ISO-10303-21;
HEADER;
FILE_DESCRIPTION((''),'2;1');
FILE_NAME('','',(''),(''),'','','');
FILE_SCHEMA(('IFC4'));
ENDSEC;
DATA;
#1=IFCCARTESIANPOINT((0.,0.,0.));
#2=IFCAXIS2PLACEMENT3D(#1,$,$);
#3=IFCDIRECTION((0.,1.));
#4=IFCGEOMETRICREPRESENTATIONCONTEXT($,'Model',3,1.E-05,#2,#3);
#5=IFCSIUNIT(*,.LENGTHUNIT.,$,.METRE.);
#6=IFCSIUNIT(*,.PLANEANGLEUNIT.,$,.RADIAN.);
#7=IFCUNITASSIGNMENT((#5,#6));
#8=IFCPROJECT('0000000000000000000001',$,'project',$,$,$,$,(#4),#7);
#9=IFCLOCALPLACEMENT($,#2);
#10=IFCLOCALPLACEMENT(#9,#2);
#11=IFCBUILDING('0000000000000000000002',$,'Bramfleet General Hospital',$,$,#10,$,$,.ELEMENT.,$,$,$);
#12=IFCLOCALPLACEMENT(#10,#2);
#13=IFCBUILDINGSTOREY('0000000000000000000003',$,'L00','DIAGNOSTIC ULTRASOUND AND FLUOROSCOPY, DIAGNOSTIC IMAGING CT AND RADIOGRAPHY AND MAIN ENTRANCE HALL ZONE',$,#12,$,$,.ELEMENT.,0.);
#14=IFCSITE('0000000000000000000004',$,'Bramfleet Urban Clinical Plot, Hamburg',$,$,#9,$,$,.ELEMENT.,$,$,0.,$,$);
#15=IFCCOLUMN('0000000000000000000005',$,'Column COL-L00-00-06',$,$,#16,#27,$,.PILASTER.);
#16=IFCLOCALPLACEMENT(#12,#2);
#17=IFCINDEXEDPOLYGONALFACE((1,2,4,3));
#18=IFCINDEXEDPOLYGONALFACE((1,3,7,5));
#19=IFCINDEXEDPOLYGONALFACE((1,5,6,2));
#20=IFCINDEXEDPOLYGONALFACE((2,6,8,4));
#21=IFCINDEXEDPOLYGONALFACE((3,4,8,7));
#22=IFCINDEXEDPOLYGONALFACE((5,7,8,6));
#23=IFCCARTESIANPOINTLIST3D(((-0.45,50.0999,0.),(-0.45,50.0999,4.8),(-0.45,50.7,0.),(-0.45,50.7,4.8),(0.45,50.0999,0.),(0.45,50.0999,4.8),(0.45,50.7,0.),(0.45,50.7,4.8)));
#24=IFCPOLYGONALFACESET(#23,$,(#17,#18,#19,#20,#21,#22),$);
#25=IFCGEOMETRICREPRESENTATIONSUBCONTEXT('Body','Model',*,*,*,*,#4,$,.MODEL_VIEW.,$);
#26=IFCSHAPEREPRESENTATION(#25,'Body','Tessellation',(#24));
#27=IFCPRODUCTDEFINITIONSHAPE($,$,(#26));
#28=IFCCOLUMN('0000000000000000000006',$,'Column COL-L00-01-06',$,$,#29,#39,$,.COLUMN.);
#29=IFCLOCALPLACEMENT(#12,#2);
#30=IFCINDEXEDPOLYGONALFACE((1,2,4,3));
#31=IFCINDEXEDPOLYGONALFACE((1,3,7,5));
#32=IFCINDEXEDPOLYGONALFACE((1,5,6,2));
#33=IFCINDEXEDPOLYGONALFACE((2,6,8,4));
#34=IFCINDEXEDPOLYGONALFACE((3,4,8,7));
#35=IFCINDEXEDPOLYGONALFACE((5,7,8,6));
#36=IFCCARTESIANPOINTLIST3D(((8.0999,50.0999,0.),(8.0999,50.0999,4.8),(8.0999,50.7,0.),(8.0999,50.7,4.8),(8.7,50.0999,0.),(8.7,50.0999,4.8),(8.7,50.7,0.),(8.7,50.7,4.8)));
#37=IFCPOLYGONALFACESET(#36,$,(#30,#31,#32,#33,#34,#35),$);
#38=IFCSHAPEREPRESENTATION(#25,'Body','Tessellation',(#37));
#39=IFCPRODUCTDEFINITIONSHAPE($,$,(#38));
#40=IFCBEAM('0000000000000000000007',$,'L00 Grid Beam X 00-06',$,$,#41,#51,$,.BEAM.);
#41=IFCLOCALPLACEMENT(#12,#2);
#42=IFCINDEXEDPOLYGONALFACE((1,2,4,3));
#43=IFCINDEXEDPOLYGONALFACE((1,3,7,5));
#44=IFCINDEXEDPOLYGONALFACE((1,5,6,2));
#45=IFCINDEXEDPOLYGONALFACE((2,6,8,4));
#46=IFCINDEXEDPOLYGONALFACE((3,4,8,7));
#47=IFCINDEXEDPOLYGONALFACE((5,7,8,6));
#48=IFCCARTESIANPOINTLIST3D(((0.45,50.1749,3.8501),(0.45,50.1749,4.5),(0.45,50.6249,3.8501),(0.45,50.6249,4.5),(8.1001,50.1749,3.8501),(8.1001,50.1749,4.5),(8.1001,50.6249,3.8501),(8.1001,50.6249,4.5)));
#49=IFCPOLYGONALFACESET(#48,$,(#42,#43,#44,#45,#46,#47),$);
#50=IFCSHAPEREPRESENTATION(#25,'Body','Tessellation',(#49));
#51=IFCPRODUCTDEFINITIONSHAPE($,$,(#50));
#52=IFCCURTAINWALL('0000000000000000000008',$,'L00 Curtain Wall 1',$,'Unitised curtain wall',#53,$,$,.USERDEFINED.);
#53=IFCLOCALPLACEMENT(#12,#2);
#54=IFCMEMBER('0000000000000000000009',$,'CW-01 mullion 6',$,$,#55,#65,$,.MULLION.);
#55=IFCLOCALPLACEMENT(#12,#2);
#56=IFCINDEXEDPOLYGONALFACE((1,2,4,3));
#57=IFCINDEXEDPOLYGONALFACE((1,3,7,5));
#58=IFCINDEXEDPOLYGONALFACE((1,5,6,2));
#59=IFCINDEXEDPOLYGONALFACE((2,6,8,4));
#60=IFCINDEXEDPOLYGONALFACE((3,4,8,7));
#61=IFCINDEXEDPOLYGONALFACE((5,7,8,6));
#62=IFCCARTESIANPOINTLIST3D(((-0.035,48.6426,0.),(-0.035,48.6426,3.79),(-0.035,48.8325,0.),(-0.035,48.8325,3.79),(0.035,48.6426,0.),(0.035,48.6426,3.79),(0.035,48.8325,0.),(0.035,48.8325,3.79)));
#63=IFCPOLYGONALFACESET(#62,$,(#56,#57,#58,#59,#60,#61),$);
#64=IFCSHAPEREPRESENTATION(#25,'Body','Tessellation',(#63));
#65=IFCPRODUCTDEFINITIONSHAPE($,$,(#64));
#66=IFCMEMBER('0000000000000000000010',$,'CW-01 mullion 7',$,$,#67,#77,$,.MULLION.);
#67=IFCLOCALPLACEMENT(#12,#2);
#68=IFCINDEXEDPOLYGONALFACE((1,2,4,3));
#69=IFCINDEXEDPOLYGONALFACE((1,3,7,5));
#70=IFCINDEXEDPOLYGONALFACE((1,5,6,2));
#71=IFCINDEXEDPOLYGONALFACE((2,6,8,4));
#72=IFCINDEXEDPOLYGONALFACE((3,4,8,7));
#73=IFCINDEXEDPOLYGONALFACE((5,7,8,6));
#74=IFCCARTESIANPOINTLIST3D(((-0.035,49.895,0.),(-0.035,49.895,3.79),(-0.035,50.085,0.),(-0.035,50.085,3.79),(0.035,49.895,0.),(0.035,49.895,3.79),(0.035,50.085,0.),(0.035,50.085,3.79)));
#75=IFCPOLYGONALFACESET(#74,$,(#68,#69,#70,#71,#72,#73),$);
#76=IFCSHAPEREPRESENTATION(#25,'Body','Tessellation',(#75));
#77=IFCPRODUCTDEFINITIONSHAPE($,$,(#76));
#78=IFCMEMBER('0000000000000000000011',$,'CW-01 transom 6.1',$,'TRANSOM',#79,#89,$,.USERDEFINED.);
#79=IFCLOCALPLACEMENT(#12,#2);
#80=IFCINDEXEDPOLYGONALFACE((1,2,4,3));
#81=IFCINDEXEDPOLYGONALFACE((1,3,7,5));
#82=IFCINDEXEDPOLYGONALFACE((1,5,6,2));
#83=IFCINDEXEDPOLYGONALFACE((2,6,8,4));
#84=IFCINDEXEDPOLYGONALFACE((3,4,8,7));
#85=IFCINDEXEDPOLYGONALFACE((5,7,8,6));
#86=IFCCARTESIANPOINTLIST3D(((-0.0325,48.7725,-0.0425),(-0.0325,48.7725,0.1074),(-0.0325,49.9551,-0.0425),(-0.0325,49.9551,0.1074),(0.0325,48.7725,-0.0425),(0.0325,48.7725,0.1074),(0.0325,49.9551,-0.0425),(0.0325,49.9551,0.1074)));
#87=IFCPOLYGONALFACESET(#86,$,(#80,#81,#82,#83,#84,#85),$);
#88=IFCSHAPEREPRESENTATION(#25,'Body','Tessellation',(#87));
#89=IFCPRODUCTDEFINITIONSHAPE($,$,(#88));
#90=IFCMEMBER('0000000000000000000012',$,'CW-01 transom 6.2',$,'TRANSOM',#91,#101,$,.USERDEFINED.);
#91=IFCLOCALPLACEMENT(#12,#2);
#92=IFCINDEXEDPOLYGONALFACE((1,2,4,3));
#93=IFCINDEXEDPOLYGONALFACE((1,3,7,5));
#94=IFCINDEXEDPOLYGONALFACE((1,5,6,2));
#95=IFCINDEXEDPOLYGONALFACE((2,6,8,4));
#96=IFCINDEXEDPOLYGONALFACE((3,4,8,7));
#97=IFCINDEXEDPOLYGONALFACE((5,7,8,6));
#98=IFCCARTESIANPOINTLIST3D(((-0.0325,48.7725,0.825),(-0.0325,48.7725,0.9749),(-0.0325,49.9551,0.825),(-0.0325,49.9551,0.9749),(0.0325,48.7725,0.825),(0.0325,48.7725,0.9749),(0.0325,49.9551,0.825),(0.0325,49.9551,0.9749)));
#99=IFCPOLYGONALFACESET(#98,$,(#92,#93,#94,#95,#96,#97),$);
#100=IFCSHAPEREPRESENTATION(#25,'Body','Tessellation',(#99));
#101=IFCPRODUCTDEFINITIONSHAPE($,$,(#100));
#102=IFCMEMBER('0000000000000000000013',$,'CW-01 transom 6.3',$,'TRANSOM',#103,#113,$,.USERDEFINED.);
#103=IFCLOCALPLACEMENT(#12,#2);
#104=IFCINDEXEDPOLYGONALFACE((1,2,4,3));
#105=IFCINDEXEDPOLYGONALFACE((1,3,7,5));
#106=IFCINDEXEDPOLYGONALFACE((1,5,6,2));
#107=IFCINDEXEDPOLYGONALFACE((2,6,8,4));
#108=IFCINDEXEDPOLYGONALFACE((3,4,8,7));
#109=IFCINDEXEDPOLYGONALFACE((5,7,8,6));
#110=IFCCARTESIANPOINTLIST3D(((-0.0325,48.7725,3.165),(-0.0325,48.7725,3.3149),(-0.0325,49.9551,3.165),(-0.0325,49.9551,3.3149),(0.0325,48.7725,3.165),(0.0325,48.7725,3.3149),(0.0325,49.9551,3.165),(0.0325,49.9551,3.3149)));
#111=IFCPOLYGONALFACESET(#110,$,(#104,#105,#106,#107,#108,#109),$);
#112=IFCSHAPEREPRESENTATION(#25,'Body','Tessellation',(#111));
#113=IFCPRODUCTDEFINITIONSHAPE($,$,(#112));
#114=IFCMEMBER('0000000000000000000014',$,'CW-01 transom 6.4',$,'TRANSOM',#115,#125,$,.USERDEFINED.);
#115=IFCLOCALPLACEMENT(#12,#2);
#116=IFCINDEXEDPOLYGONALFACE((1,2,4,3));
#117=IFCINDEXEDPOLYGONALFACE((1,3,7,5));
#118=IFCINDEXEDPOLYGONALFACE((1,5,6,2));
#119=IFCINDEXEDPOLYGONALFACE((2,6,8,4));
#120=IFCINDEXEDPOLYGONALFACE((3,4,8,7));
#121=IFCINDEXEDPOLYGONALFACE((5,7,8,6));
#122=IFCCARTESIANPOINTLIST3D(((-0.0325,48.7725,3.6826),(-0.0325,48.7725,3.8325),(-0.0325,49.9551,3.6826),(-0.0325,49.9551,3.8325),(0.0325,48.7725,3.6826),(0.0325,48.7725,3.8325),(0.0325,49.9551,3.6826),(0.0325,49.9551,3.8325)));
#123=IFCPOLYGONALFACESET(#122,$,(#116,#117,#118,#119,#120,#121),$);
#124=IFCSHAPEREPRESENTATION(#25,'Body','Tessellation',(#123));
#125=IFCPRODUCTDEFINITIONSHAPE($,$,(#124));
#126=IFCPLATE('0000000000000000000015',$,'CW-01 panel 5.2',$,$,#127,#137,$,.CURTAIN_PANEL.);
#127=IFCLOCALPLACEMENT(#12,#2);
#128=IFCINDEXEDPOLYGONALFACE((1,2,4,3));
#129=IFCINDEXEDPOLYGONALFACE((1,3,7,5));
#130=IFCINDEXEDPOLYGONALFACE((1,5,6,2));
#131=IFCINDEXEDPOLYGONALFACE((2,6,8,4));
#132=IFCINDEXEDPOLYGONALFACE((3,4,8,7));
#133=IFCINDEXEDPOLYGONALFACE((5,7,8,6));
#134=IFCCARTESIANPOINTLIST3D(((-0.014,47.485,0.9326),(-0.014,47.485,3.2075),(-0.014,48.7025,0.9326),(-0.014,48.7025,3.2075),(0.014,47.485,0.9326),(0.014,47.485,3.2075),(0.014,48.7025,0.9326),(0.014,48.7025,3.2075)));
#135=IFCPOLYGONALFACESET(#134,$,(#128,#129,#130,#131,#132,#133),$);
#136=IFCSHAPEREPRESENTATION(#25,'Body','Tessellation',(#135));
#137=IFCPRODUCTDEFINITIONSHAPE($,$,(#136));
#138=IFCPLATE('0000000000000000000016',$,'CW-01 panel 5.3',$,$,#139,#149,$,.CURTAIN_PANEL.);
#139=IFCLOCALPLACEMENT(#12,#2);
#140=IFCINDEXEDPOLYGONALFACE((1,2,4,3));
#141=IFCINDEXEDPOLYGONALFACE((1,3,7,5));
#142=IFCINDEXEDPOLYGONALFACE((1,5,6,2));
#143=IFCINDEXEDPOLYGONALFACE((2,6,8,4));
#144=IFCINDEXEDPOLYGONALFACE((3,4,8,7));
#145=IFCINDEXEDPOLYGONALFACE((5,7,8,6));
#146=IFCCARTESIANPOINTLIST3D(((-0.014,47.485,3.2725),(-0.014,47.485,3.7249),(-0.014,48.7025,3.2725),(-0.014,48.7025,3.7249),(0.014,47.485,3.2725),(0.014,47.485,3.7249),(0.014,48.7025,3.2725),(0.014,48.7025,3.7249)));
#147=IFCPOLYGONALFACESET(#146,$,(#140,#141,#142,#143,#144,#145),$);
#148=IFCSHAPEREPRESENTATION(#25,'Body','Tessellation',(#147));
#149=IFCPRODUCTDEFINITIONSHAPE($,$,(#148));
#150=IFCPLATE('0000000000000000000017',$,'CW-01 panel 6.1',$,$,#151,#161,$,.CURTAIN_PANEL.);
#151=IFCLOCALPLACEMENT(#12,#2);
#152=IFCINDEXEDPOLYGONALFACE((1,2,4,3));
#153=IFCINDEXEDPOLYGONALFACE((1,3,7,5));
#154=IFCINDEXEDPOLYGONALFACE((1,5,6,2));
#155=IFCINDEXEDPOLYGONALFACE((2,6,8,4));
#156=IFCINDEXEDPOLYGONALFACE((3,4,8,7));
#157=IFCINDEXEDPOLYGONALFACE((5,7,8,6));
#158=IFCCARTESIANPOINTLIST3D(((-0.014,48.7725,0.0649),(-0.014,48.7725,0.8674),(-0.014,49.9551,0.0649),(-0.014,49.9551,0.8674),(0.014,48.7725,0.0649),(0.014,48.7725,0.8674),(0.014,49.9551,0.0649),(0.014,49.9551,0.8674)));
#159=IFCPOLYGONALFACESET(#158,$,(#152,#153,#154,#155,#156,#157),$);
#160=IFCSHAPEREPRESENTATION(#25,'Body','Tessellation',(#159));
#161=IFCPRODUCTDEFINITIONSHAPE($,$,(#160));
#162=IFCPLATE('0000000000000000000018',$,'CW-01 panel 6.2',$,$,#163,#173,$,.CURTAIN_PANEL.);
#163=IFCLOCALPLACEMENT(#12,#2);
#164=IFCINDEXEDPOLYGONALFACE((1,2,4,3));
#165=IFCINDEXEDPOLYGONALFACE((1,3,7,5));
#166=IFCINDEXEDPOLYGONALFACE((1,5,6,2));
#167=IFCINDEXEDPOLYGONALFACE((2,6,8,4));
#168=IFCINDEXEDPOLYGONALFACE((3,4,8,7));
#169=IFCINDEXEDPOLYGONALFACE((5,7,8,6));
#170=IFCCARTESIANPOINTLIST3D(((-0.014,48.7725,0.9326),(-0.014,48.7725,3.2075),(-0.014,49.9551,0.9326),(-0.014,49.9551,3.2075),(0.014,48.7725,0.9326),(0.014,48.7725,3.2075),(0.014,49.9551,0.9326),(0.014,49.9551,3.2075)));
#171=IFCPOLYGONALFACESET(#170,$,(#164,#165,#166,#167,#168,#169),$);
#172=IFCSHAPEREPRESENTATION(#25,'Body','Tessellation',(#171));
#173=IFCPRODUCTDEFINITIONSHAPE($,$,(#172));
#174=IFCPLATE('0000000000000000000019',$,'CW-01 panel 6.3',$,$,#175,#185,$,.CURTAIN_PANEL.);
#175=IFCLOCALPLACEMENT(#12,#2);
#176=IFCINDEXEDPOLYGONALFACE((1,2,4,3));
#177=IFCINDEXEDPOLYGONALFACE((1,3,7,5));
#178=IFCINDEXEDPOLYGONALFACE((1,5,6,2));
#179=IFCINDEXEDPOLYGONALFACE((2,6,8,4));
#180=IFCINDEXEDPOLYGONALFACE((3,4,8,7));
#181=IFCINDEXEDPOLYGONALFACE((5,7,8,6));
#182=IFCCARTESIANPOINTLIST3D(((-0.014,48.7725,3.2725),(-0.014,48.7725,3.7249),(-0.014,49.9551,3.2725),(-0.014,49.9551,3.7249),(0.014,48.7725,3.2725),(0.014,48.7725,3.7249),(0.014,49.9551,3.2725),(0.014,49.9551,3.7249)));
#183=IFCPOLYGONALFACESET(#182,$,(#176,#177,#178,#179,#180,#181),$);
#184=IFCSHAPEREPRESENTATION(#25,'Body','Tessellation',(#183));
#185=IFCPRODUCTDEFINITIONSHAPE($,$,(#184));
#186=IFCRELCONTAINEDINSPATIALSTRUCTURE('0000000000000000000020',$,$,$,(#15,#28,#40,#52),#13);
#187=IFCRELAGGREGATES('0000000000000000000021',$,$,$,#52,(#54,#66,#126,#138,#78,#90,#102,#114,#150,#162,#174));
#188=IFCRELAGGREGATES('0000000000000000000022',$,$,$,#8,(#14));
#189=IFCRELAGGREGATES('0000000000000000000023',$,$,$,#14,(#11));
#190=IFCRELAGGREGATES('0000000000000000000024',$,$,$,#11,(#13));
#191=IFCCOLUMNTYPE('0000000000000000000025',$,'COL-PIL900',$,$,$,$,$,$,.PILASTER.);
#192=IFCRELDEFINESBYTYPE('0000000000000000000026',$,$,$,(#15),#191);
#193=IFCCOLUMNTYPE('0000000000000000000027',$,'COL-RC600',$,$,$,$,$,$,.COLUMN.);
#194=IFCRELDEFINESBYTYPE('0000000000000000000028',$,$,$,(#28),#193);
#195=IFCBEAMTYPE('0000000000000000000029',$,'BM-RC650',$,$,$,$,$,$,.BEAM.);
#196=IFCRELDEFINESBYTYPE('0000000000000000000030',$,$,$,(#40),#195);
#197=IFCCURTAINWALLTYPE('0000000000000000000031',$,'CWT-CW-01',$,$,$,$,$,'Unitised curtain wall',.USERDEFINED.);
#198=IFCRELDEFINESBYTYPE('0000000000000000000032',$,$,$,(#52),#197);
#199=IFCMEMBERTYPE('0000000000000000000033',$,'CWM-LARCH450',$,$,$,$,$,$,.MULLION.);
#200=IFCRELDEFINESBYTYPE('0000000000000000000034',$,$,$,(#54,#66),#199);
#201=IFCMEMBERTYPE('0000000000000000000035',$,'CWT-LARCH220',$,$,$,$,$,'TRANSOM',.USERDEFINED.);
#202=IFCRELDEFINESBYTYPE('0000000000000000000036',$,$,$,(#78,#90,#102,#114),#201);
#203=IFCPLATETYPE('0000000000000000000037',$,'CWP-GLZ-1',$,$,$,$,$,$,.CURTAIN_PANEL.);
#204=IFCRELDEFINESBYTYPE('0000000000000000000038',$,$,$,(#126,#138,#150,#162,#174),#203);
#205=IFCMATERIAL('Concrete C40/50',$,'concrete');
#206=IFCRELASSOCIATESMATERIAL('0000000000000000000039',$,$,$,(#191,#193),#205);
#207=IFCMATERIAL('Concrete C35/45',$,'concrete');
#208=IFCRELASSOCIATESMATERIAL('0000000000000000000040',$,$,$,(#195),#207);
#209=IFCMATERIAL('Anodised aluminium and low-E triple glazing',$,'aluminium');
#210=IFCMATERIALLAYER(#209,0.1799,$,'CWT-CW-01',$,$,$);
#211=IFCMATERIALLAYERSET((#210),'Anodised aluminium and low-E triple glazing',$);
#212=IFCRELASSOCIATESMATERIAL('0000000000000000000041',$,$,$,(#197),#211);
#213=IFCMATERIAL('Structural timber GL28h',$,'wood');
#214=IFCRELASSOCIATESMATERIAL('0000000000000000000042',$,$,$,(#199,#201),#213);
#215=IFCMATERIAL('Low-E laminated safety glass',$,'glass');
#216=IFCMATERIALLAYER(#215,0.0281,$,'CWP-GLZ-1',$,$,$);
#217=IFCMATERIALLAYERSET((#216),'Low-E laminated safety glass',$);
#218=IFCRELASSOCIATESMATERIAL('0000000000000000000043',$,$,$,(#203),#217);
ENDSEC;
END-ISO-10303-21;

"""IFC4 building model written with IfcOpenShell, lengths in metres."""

from ifc_helpers import new_model, si_unit, direction, frame, origin, origin_2d, place, context, subcontext, project, spatial, rectangle, extrude, material, layer, layer_set, material_profile, profile_set, type_object, element, aggregate, save


model = new_model("IFC4")

# Units and contexts
model_context = context("Model", 3, precision=1e-05, world=origin(), true_north=direction((0.0, 1.0)))
body_context = subcontext(model_context, "Body", "Model", "MODEL_VIEW")
ifc_project = project(units=[si_unit("LENGTHUNIT", "METRE"), si_unit("PLANEANGLEUNIT", "RADIAN")], contexts=[model_context])

# Site, building, storey
site_placement = place(None, origin())
site = spatial("IfcSite", under=ifc_project, at=site_placement, Name="Bramfleet Urban Clinical Plot, Hamburg", CompositionType="ELEMENT", RefElevation=0.0)
building_placement = place(site_placement, origin())
building = spatial("IfcBuilding", under=site, at=building_placement, Name="Bramfleet General Hospital", CompositionType="ELEMENT")
storey_placement = place(building_placement, origin())
storey = spatial("IfcBuildingStorey", under=building, at=storey_placement, Name="L00", Description="DIAGNOSTIC ULTRASOUND AND FLUOROSCOPY, DIAGNOSTIC IMAGING CT AND RADIOGRAPHY AND MAIN ENTRANCE HALL ZONE", CompositionType="ELEMENT", Elevation=0.0)

# Columns
ifc_material_1 = material(Name="Concrete C40/50", Category="concrete")
ifc_material_profile_1 = material_profile(ifc_material_1, rectangle(XDim=0.6001, YDim=0.8999, at=origin_2d()), Name="RC PIL 900x600")
ifc_profile_set_1 = profile_set([ifc_material_profile_1], Name="Concrete C40/50")
column_type_1 = type_object("IfcColumnType", Name="COL-PIL900", PredefinedType="PILASTER", material=ifc_profile_set_1)
column_1_placement = place(storey_placement, frame((0.0, 50.3999, 0.0), z_axis=(0.0, 0.0, 1.0), x_axis=(0.0, 1.0, 0.0)))
element("IfcColumn", 1, at=column_1_placement, inside=storey, type_object=column_type_1, Name="Column COL-L00-00-06", PredefinedType="PILASTER", context=body_context, shape_type="SweptSolid", body=[
    extrude(rectangle(XDim=0.6001, YDim=0.8999, at=origin_2d()), origin(), (0.0, 0.0, 1.0), 4.8),
])
ifc_material_profile_2 = material_profile(ifc_material_1, rectangle(XDim=0.6001, YDim=0.6001, at=origin_2d()), Name="RC COL 600x600")
ifc_profile_set_2 = profile_set([ifc_material_profile_2], Name="Concrete C40/50")
column_type_2 = type_object("IfcColumnType", Name="COL-RC600", PredefinedType="COLUMN", material=ifc_profile_set_2)
column_2_placement = place(storey_placement, frame((8.3999, 50.3999, 0.0), z_axis=(0.0, 0.0, 1.0), x_axis=(1.0, 0.0, 0.0)))
element("IfcColumn", 2, at=column_2_placement, inside=storey, type_object=column_type_2, Name="Column COL-L00-01-06", PredefinedType="COLUMN", context=body_context, shape_type="SweptSolid", body=[
    extrude(rectangle(XDim=0.6001, YDim=0.6001, at=origin_2d()), origin(), (0.0, 0.0, 1.0), 4.8),
])

# Beam
ifc_material_2 = material(Name="Concrete C35/45", Category="concrete")
ifc_material_profile_3 = material_profile(ifc_material_2, rectangle(XDim=0.45, YDim=0.6499, at=origin_2d()), Name="RC BM 650x450")
ifc_profile_set_3 = profile_set([ifc_material_profile_3], Name="Concrete C35/45")
beam_type = type_object("IfcBeamType", Name="BM-RC650", PredefinedType="BEAM", material=ifc_profile_set_3)
beam_placement = place(storey_placement, frame((0.45, 50.3999, 4.175), z_axis=(1.0, 0.0, 0.0), x_axis=(0.0, 1.0, 0.0)))
element("IfcBeam", 3, at=beam_placement, inside=storey, type_object=beam_type, Name="L00 Grid Beam X 00-06", PredefinedType="BEAM", context=body_context, shape_type="SweptSolid", body=[
    extrude(rectangle(XDim=0.45, YDim=0.6499, at=origin_2d()), origin(), (0.0, 0.0, 1.0), 7.6501),
])

# Curtain wall, members, plates
ifc_material_3 = material(Name="Anodised aluminium and low-E triple glazing", Category="aluminium")
ifc_layer_1 = layer(ifc_material_3, 0.1799, Name="CWT-CW-01")
ifc_layer_set_1 = layer_set([ifc_layer_1], Name="Anodised aluminium and low-E triple glazing")
curtain_wall_type = type_object("IfcCurtainWallType", Name="CWT-CW-01", ElementType="Unitised curtain wall", PredefinedType="USERDEFINED", material=ifc_layer_set_1)
curtain_wall_placement = place(storey_placement, origin())
curtain_wall = element("IfcCurtainWall", 4, at=curtain_wall_placement, inside=storey, type_object=curtain_wall_type, Name="L00 Curtain Wall 1", ObjectType="Unitised curtain wall", PredefinedType="USERDEFINED")
ifc_material_4 = material(Name="Structural timber GL28h", Category="wood")
ifc_material_profile_4 = material_profile(ifc_material_4, rectangle(XDim=0.0701, YDim=0.1899, at=origin_2d()), Name="LARCH 190x70")
ifc_profile_set_4 = profile_set([ifc_material_profile_4], Name="Structural timber GL28h")
member_type_1 = type_object("IfcMemberType", Name="CWM-LARCH450", PredefinedType="MULLION", material=ifc_profile_set_4)
member_1_placement = place(storey_placement, frame((0.0, 48.7375, 0.0), z_axis=(0.0, 0.0, 1.0), x_axis=(-1.0, 0.0, 0.0)))
member_1 = element("IfcMember", 5, at=member_1_placement, type_object=member_type_1, Name="CW-01 mullion 6", PredefinedType="MULLION", context=body_context, shape_type="SweptSolid", body=[
    extrude(rectangle(XDim=0.0701, YDim=0.1899, at=origin_2d()), origin(), (0.0, 0.0, 1.0), 3.79),
])
member_2_placement = place(storey_placement, frame((0.0, 49.99, 0.0), z_axis=(0.0, 0.0, 1.0), x_axis=(-1.0, 0.0, 0.0)))
member_2 = element("IfcMember", 6, at=member_2_placement, type_object=member_type_1, Name="CW-01 mullion 7", PredefinedType="MULLION", context=body_context, shape_type="SweptSolid", body=[
    extrude(rectangle(XDim=0.0701, YDim=0.1899, at=origin_2d()), origin(), (0.0, 0.0, 1.0), 3.79),
])
ifc_material_profile_5 = material_profile(ifc_material_4, rectangle(XDim=0.0649, YDim=0.1499, at=origin_2d()), Name="LARCH 150x65")
ifc_profile_set_5 = profile_set([ifc_material_profile_5], Name="Structural timber GL28h")
member_type_2 = type_object("IfcMemberType", Name="CWT-LARCH220", ElementType="TRANSOM", PredefinedType="USERDEFINED", material=ifc_profile_set_5)
member_3_placement = place(storey_placement, frame((0.0, 48.7725, 0.0325), z_axis=(0.0, 1.0, 0.0), x_axis=(-1.0, 0.0, 0.0)))
member_3 = element("IfcMember", 7, at=member_3_placement, type_object=member_type_2, Name="CW-01 transom 6.1", ObjectType="TRANSOM", PredefinedType="USERDEFINED", context=body_context, shape_type="SweptSolid", body=[
    extrude(rectangle(XDim=0.0649, YDim=0.1499, at=origin_2d()), origin(), (0.0, 0.0, 1.0), 1.1826),
])
member_4_placement = place(storey_placement, frame((0.0, 48.7725, 0.8999), z_axis=(0.0, 1.0, 0.0), x_axis=(-1.0, 0.0, 0.0)))
member_4 = element("IfcMember", 8, at=member_4_placement, type_object=member_type_2, Name="CW-01 transom 6.2", ObjectType="TRANSOM", PredefinedType="USERDEFINED", context=body_context, shape_type="SweptSolid", body=[
    extrude(rectangle(XDim=0.0649, YDim=0.1499, at=origin_2d()), origin(), (0.0, 0.0, 1.0), 1.1826),
])
member_5_placement = place(storey_placement, frame((0.0, 48.7725, 3.24), z_axis=(0.0, 1.0, 0.0), x_axis=(-1.0, 0.0, 0.0)))
member_5 = element("IfcMember", 9, at=member_5_placement, type_object=member_type_2, Name="CW-01 transom 6.3", ObjectType="TRANSOM", PredefinedType="USERDEFINED", context=body_context, shape_type="SweptSolid", body=[
    extrude(rectangle(XDim=0.0649, YDim=0.1499, at=origin_2d()), origin(), (0.0, 0.0, 1.0), 1.1826),
])
member_6_placement = place(storey_placement, frame((0.0, 48.7725, 3.7576), z_axis=(0.0, 1.0, 0.0), x_axis=(-1.0, 0.0, 0.0)))
member_6 = element("IfcMember", 10, at=member_6_placement, type_object=member_type_2, Name="CW-01 transom 6.4", ObjectType="TRANSOM", PredefinedType="USERDEFINED", context=body_context, shape_type="SweptSolid", body=[
    extrude(rectangle(XDim=0.0649, YDim=0.1499, at=origin_2d()), origin(), (0.0, 0.0, 1.0), 1.1826),
])
ifc_material_5 = material(Name="Low-E laminated safety glass", Category="glass")
ifc_layer_2 = layer(ifc_material_5, 0.0281, Name="CWP-GLZ-1")
ifc_layer_set_2 = layer_set([ifc_layer_2], Name="Low-E laminated safety glass")
plate_type = type_object("IfcPlateType", Name="CWP-GLZ-1", PredefinedType="CURTAIN_PANEL", material=ifc_layer_set_2)
plate_1_placement = place(storey_placement, frame((0.0, 48.0938, 0.9326), z_axis=(0.0, 0.0, 1.0), x_axis=(0.0, 1.0, 0.0)))
plate_1 = element("IfcPlate", 11, at=plate_1_placement, type_object=plate_type, Name="CW-01 panel 5.2", PredefinedType="CURTAIN_PANEL", context=body_context, shape_type="SweptSolid", body=[
    extrude(rectangle(XDim=1.2175, YDim=0.0281, at=origin_2d()), origin(), (0.0, 0.0, 1.0), 2.2749),
])
plate_2_placement = place(storey_placement, frame((0.0, 48.0938, 3.2725), z_axis=(0.0, 0.0, 1.0), x_axis=(0.0, 1.0, 0.0)))
plate_2 = element("IfcPlate", 12, at=plate_2_placement, type_object=plate_type, Name="CW-01 panel 5.3", PredefinedType="CURTAIN_PANEL", context=body_context, shape_type="SweptSolid", body=[
    extrude(rectangle(XDim=1.2175, YDim=0.0281, at=origin_2d()), origin(), (0.0, 0.0, 1.0), 0.4524),
])
plate_3_placement = place(storey_placement, frame((0.0, 49.3638, 0.0649), z_axis=(0.0, 0.0, 1.0), x_axis=(0.0, 1.0, 0.0)))
plate_3 = element("IfcPlate", 13, at=plate_3_placement, type_object=plate_type, Name="CW-01 panel 6.1", PredefinedType="CURTAIN_PANEL", context=body_context, shape_type="SweptSolid", body=[
    extrude(rectangle(XDim=1.1826, YDim=0.0281, at=origin_2d()), origin(), (0.0, 0.0, 1.0), 0.8025),
])
plate_4_placement = place(storey_placement, frame((0.0, 49.3638, 0.9326), z_axis=(0.0, 0.0, 1.0), x_axis=(0.0, 1.0, 0.0)))
plate_4 = element("IfcPlate", 14, at=plate_4_placement, type_object=plate_type, Name="CW-01 panel 6.2", PredefinedType="CURTAIN_PANEL", context=body_context, shape_type="SweptSolid", body=[
    extrude(rectangle(XDim=1.1826, YDim=0.0281, at=origin_2d()), origin(), (0.0, 0.0, 1.0), 2.2749),
])
plate_5_placement = place(storey_placement, frame((0.0, 49.3638, 3.2725), z_axis=(0.0, 0.0, 1.0), x_axis=(0.0, 1.0, 0.0)))
plate_5 = element("IfcPlate", 15, at=plate_5_placement, type_object=plate_type, Name="CW-01 panel 6.3", PredefinedType="CURTAIN_PANEL", context=body_context, shape_type="SweptSolid", body=[
    extrude(rectangle(XDim=1.1826, YDim=0.0281, at=origin_2d()), origin(), (0.0, 0.0, 1.0), 0.4524),
])
aggregate(curtain_wall, [member_1, member_2, plate_1, plate_2, member_3, member_4, member_5, member_6, plate_3, plate_4, plate_5])

save(model, "model.ifc")
